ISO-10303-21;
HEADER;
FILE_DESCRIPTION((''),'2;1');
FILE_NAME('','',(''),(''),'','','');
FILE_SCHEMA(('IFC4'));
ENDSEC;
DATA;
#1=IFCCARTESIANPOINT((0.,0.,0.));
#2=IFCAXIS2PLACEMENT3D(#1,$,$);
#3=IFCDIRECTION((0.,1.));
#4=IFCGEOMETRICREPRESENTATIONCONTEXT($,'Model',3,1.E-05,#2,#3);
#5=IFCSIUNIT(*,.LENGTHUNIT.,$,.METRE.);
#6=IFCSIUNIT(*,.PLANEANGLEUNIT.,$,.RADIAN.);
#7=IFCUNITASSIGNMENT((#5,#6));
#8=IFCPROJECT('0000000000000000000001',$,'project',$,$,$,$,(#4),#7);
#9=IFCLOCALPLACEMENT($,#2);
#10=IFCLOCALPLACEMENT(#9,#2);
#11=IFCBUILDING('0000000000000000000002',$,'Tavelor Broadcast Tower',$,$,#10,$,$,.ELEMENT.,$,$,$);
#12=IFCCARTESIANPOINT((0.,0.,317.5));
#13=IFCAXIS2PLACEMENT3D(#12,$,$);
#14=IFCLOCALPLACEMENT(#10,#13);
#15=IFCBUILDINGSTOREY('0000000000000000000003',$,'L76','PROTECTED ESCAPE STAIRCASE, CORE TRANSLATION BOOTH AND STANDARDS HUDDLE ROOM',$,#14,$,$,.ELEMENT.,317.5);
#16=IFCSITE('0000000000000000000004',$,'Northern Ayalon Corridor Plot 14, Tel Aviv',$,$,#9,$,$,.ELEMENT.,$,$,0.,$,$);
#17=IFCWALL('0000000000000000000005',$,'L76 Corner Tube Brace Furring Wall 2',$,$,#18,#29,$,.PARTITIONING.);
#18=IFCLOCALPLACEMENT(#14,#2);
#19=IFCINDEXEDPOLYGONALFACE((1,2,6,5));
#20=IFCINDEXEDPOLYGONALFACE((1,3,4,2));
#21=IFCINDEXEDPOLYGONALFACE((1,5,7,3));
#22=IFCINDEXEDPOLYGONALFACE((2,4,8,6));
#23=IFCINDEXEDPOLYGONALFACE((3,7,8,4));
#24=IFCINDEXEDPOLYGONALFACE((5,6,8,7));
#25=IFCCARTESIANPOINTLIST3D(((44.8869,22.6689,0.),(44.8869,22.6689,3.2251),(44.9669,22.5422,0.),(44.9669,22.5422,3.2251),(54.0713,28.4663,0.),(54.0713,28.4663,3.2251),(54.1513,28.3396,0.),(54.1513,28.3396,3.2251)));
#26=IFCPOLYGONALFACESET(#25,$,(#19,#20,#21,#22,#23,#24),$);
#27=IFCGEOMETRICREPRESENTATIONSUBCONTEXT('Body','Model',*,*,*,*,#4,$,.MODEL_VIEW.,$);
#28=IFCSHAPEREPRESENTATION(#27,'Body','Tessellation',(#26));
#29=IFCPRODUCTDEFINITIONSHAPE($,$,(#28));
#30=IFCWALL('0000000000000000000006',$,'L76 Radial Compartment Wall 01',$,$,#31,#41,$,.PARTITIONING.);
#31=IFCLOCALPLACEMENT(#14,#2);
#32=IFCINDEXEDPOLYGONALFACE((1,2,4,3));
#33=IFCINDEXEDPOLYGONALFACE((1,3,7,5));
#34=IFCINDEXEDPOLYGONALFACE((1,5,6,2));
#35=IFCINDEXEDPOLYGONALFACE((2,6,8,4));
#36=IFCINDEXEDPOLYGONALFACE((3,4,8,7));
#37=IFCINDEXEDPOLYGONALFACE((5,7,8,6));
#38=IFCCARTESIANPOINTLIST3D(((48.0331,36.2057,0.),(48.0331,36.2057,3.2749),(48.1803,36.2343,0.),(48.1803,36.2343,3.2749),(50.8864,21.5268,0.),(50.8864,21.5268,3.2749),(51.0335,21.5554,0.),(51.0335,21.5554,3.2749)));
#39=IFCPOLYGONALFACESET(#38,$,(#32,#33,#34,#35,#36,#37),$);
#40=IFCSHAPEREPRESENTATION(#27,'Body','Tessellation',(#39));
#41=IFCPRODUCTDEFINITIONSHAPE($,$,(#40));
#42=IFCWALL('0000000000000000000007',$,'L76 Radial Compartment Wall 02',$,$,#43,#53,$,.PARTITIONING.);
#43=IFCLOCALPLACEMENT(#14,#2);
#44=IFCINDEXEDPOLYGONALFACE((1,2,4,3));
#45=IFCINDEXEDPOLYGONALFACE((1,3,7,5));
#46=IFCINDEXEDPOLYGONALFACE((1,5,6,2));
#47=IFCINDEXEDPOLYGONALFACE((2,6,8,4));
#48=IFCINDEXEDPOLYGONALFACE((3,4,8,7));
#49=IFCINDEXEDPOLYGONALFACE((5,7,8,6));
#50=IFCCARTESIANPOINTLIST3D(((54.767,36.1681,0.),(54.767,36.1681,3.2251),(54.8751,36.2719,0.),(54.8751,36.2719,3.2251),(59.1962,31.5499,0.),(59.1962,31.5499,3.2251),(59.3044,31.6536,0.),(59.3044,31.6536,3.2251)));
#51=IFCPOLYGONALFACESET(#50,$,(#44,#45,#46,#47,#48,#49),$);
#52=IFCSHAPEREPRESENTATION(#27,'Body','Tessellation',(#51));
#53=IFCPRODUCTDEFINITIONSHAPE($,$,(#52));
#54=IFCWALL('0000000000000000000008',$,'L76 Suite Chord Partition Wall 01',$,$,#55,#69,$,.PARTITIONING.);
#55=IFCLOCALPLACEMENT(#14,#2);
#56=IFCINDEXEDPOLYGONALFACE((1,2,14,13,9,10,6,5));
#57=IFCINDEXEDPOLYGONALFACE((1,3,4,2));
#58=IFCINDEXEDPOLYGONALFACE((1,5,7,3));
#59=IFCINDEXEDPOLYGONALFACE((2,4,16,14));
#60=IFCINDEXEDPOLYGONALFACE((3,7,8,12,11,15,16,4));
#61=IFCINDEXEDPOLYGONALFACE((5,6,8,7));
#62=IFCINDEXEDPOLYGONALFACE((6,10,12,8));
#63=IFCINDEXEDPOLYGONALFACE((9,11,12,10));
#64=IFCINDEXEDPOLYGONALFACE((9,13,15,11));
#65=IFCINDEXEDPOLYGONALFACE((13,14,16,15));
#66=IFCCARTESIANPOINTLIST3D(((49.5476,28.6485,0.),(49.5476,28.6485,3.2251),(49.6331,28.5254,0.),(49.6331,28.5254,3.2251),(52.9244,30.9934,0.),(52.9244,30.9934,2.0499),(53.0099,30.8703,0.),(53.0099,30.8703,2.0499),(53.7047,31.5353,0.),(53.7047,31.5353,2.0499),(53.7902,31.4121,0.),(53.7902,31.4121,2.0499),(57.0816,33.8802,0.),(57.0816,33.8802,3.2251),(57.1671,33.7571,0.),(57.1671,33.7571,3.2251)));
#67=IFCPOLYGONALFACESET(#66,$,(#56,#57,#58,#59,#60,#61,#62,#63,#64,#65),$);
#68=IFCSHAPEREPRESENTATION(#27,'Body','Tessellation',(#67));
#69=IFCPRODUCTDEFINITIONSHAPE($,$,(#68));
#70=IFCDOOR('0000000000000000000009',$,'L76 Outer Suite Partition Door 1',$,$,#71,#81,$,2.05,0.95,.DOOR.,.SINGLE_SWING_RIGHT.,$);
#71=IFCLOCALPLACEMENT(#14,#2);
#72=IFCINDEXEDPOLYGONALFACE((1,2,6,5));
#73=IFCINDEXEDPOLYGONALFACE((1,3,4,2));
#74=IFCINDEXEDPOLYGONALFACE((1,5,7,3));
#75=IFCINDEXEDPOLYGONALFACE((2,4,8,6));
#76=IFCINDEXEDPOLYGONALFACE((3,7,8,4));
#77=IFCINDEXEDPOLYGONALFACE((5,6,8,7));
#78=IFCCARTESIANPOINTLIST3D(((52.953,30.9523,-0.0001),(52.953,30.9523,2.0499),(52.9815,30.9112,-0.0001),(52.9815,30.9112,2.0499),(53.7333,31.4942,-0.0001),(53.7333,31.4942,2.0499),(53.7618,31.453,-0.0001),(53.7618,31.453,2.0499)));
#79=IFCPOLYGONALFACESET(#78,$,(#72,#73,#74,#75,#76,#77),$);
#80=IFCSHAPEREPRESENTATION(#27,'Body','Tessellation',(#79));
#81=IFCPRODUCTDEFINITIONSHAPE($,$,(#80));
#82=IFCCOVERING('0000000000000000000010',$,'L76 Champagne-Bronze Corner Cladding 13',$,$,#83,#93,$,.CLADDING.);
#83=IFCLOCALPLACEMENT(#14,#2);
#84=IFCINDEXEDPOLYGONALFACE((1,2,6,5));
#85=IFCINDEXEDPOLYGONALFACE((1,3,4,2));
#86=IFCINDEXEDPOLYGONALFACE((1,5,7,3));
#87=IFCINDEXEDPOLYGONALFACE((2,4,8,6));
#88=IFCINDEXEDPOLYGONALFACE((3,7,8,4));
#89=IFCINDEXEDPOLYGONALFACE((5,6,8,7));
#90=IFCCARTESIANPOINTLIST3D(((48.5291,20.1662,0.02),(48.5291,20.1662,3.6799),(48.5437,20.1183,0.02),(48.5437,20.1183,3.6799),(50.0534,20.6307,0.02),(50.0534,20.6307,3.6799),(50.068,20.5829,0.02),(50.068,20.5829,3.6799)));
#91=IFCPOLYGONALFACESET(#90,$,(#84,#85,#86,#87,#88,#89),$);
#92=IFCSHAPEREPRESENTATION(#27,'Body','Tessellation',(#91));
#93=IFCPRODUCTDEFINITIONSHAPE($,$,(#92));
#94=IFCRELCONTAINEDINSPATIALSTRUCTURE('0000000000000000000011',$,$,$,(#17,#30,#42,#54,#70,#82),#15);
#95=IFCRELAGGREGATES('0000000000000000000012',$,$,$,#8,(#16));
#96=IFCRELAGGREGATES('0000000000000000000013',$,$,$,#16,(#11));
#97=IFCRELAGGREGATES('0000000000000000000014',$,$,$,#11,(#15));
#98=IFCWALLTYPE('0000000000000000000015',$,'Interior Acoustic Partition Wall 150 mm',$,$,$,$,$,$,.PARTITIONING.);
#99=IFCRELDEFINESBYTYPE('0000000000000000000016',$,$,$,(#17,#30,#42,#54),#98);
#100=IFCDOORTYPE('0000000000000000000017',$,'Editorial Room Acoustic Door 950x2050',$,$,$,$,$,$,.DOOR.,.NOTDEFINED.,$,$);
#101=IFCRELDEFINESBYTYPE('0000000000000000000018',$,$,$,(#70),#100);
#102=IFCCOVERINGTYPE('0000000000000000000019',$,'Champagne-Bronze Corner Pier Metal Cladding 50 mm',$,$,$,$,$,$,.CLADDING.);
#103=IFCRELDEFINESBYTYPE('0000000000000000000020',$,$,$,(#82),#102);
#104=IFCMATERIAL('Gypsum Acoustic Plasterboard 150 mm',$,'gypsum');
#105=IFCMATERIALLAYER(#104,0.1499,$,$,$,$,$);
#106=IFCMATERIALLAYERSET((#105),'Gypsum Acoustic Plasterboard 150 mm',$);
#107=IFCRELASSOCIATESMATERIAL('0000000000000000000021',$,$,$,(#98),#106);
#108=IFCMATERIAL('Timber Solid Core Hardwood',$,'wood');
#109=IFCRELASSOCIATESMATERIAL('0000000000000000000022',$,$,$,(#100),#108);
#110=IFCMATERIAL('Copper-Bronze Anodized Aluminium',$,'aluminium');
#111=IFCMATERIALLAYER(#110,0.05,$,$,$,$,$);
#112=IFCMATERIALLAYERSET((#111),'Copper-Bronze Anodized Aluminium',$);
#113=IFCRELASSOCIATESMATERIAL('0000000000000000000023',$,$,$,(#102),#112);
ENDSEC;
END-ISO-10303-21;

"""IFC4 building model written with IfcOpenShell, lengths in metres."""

from ifc_helpers import new_model, si_unit, direction, frame, frame_2d, origin, origin_2d, place, context, subcontext, project, spatial, rectangle, extrude, material, layer, layer_set, type_object, element, fill, save


model = new_model("IFC4")

# Units and contexts
model_context = context("Model", 3, precision=1e-05, world=origin(), true_north=direction((0.0, 1.0)))
body_context = subcontext(model_context, "Body", "Model", "MODEL_VIEW")
ifc_project = project(units=[si_unit("LENGTHUNIT", "METRE"), si_unit("PLANEANGLEUNIT", "RADIAN")], contexts=[model_context])

# Site, building, storey
site_placement = place(None, origin())
site = spatial("IfcSite", under=ifc_project, at=site_placement, Name="Northern Ayalon Corridor Plot 14, Tel Aviv", CompositionType="ELEMENT", RefElevation=0.0)
building_placement = place(site_placement, origin())
building = spatial("IfcBuilding", under=site, at=building_placement, Name="Tavelor Broadcast Tower", CompositionType="ELEMENT")
storey_placement = place(building_placement, frame((0.0, 0.0, 317.5)))
storey = spatial("IfcBuildingStorey", under=building, at=storey_placement, Name="L76", Description="PROTECTED ESCAPE STAIRCASE, CORE TRANSLATION BOOTH AND STANDARDS HUDDLE ROOM", CompositionType="ELEMENT", Elevation=317.5)

# Walls
ifc_material_1 = material(Name="Gypsum Acoustic Plasterboard 150 mm", Category="gypsum")
ifc_layer_1 = layer(ifc_material_1, 0.1499)
ifc_layer_set_1 = layer_set([ifc_layer_1], Name="Gypsum Acoustic Plasterboard 150 mm")
wall_type_1 = type_object("IfcWallType", Name="Interior Acoustic Partition Wall 150 mm", PredefinedType="PARTITIONING", material=ifc_layer_set_1)
wall_1_placement = place(storey_placement, frame((44.9268, 22.6055, 0.0), z_axis=(0.0, 0.0, 1.0), x_axis=(0.845625, 0.533778, 0.0)))
element("IfcWall", 1, at=wall_1_placement, inside=storey, type_object=wall_type_1, Name="L76 Corner Tube Brace Furring Wall 2", PredefinedType="PARTITIONING", context=body_context, shape_type="SweptSolid", body=[
    extrude(rectangle(XDim=10.8611, YDim=0.1499, at=frame_2d((5.4307, 0.0))), origin(), (0.0, 0.0, 1.0), 3.2251),
])
wall_2_placement = place(storey_placement, frame((48.1067, 36.22, 0.0), z_axis=(0.0, 0.0, 1.0), x_axis=(0.190807, -0.981628, 0.0)))
element("IfcWall", 2, at=wall_2_placement, inside=storey, type_object=wall_type_1, Name="L76 Radial Compartment Wall 01", PredefinedType="PARTITIONING", context=body_context, shape_type="SweptSolid", body=[
    extrude(rectangle(XDim=14.9536, YDim=0.1499, at=frame_2d((7.4768, 0.0))), origin(), (0.0, 0.0, 1.0), 3.2749),
])
wall_3_placement = place(storey_placement, frame((54.821, 36.22, 0.0), z_axis=(0.0, 0.0, 1.0), x_axis=(0.692187, -0.721718, 0.0)))
element("IfcWall", 3, at=wall_3_placement, inside=storey, type_object=wall_type_1, Name="L76 Radial Compartment Wall 02", PredefinedType="PARTITIONING", context=body_context, shape_type="SweptSolid", body=[
    extrude(rectangle(XDim=6.3989, YDim=0.1499, at=frame_2d((3.1995, 0.0))), origin(), (0.0, 0.0, 1.0), 3.2251),
])

# Wall, opening, door
wall_4_placement = place(storey_placement, frame((49.5903, 28.5869, 0.0), z_axis=(0.0, 0.0, 1.0), x_axis=(0.821381, 0.57038, 0.0)))
wall_4 = element("IfcWall", 4, at=wall_4_placement, inside=storey, type_object=wall_type_1, Name="L76 Suite Chord Partition Wall 01", PredefinedType="PARTITIONING", context=body_context, shape_type="SweptSolid", body=[
    extrude(rectangle(XDim=9.1724, YDim=0.1499, at=frame_2d((4.5862, 0.0))), origin(), (0.0, 0.0, 1.0), 3.2251),
])
opening_placement = place(wall_4_placement, frame((4.1111, 0.0, 0.0)))
opening = element("IfcOpeningElement", 5, at=opening_placement, cuts=wall_4, PredefinedType="OPENING", context=body_context, shape_type="SweptSolid", body=[
    extrude(rectangle(XDim=0.95, YDim=2.05, at=frame_2d((0.4751, 1.0249))), frame((0.0, 0.085, 0.0), z_axis=(0.0, -1.0, 0.0), x_axis=(1.0, 0.0, 0.0)), (0.0, 0.0, 1.0), 0.1699),
])
ifc_material_2 = material(Name="Timber Solid Core Hardwood", Category="wood")
door_type = type_object("IfcDoorType", Name="Editorial Room Acoustic Door 950x2050", OperationType="NOTDEFINED", PredefinedType="DOOR", material=ifc_material_2)
door_placement = place(opening_placement, origin())
door = element("IfcDoor", 6, at=door_placement, inside=storey, type_object=door_type, Name="L76 Outer Suite Partition Door 1", OperationType="SINGLE_SWING_RIGHT", OverallHeight=2.05, OverallWidth=0.95, PredefinedType="DOOR", context=body_context, shape_type="SweptSolid", body=[
    extrude(rectangle(XDim=0.95, YDim=2.05, at=frame_2d((0.4751, 1.0249))), frame((0.0, 0.0249, 0.0), z_axis=(0.0, -1.0, 0.0), x_axis=(1.0, 0.0, 0.0)), (0.0, 0.0, 1.0), 0.05),
])
fill(opening, door)

# Covering
ifc_material_3 = material(Name="Copper-Bronze Anodized Aluminium", Category="aluminium")
ifc_layer_2 = layer(ifc_material_3, 0.05)
ifc_layer_set_2 = layer_set([ifc_layer_2], Name="Copper-Bronze Anodized Aluminium")
covering_type = type_object("IfcCoveringType", Name="Champagne-Bronze Corner Pier Metal Cladding 50 mm", PredefinedType="CLADDING", material=ifc_layer_set_2)
covering_placement = place(storey_placement, frame((49.2986, 20.3745, 0.02), z_axis=(0.0, 0.0, 1.0), x_axis=(0.95656, 0.291537, 0.0)))
element("IfcCovering", 7, at=covering_placement, inside=storey, type_object=covering_type, Name="L76 Champagne-Bronze Corner Cladding 13", PredefinedType="CLADDING", context=body_context, shape_type="SweptSolid", body=[
    extrude(rectangle(XDim=1.5935, YDim=0.05, at=origin_2d()), origin(), (0.0, 0.0, 1.0), 3.6599),
])

save(model, "model.ifc")
